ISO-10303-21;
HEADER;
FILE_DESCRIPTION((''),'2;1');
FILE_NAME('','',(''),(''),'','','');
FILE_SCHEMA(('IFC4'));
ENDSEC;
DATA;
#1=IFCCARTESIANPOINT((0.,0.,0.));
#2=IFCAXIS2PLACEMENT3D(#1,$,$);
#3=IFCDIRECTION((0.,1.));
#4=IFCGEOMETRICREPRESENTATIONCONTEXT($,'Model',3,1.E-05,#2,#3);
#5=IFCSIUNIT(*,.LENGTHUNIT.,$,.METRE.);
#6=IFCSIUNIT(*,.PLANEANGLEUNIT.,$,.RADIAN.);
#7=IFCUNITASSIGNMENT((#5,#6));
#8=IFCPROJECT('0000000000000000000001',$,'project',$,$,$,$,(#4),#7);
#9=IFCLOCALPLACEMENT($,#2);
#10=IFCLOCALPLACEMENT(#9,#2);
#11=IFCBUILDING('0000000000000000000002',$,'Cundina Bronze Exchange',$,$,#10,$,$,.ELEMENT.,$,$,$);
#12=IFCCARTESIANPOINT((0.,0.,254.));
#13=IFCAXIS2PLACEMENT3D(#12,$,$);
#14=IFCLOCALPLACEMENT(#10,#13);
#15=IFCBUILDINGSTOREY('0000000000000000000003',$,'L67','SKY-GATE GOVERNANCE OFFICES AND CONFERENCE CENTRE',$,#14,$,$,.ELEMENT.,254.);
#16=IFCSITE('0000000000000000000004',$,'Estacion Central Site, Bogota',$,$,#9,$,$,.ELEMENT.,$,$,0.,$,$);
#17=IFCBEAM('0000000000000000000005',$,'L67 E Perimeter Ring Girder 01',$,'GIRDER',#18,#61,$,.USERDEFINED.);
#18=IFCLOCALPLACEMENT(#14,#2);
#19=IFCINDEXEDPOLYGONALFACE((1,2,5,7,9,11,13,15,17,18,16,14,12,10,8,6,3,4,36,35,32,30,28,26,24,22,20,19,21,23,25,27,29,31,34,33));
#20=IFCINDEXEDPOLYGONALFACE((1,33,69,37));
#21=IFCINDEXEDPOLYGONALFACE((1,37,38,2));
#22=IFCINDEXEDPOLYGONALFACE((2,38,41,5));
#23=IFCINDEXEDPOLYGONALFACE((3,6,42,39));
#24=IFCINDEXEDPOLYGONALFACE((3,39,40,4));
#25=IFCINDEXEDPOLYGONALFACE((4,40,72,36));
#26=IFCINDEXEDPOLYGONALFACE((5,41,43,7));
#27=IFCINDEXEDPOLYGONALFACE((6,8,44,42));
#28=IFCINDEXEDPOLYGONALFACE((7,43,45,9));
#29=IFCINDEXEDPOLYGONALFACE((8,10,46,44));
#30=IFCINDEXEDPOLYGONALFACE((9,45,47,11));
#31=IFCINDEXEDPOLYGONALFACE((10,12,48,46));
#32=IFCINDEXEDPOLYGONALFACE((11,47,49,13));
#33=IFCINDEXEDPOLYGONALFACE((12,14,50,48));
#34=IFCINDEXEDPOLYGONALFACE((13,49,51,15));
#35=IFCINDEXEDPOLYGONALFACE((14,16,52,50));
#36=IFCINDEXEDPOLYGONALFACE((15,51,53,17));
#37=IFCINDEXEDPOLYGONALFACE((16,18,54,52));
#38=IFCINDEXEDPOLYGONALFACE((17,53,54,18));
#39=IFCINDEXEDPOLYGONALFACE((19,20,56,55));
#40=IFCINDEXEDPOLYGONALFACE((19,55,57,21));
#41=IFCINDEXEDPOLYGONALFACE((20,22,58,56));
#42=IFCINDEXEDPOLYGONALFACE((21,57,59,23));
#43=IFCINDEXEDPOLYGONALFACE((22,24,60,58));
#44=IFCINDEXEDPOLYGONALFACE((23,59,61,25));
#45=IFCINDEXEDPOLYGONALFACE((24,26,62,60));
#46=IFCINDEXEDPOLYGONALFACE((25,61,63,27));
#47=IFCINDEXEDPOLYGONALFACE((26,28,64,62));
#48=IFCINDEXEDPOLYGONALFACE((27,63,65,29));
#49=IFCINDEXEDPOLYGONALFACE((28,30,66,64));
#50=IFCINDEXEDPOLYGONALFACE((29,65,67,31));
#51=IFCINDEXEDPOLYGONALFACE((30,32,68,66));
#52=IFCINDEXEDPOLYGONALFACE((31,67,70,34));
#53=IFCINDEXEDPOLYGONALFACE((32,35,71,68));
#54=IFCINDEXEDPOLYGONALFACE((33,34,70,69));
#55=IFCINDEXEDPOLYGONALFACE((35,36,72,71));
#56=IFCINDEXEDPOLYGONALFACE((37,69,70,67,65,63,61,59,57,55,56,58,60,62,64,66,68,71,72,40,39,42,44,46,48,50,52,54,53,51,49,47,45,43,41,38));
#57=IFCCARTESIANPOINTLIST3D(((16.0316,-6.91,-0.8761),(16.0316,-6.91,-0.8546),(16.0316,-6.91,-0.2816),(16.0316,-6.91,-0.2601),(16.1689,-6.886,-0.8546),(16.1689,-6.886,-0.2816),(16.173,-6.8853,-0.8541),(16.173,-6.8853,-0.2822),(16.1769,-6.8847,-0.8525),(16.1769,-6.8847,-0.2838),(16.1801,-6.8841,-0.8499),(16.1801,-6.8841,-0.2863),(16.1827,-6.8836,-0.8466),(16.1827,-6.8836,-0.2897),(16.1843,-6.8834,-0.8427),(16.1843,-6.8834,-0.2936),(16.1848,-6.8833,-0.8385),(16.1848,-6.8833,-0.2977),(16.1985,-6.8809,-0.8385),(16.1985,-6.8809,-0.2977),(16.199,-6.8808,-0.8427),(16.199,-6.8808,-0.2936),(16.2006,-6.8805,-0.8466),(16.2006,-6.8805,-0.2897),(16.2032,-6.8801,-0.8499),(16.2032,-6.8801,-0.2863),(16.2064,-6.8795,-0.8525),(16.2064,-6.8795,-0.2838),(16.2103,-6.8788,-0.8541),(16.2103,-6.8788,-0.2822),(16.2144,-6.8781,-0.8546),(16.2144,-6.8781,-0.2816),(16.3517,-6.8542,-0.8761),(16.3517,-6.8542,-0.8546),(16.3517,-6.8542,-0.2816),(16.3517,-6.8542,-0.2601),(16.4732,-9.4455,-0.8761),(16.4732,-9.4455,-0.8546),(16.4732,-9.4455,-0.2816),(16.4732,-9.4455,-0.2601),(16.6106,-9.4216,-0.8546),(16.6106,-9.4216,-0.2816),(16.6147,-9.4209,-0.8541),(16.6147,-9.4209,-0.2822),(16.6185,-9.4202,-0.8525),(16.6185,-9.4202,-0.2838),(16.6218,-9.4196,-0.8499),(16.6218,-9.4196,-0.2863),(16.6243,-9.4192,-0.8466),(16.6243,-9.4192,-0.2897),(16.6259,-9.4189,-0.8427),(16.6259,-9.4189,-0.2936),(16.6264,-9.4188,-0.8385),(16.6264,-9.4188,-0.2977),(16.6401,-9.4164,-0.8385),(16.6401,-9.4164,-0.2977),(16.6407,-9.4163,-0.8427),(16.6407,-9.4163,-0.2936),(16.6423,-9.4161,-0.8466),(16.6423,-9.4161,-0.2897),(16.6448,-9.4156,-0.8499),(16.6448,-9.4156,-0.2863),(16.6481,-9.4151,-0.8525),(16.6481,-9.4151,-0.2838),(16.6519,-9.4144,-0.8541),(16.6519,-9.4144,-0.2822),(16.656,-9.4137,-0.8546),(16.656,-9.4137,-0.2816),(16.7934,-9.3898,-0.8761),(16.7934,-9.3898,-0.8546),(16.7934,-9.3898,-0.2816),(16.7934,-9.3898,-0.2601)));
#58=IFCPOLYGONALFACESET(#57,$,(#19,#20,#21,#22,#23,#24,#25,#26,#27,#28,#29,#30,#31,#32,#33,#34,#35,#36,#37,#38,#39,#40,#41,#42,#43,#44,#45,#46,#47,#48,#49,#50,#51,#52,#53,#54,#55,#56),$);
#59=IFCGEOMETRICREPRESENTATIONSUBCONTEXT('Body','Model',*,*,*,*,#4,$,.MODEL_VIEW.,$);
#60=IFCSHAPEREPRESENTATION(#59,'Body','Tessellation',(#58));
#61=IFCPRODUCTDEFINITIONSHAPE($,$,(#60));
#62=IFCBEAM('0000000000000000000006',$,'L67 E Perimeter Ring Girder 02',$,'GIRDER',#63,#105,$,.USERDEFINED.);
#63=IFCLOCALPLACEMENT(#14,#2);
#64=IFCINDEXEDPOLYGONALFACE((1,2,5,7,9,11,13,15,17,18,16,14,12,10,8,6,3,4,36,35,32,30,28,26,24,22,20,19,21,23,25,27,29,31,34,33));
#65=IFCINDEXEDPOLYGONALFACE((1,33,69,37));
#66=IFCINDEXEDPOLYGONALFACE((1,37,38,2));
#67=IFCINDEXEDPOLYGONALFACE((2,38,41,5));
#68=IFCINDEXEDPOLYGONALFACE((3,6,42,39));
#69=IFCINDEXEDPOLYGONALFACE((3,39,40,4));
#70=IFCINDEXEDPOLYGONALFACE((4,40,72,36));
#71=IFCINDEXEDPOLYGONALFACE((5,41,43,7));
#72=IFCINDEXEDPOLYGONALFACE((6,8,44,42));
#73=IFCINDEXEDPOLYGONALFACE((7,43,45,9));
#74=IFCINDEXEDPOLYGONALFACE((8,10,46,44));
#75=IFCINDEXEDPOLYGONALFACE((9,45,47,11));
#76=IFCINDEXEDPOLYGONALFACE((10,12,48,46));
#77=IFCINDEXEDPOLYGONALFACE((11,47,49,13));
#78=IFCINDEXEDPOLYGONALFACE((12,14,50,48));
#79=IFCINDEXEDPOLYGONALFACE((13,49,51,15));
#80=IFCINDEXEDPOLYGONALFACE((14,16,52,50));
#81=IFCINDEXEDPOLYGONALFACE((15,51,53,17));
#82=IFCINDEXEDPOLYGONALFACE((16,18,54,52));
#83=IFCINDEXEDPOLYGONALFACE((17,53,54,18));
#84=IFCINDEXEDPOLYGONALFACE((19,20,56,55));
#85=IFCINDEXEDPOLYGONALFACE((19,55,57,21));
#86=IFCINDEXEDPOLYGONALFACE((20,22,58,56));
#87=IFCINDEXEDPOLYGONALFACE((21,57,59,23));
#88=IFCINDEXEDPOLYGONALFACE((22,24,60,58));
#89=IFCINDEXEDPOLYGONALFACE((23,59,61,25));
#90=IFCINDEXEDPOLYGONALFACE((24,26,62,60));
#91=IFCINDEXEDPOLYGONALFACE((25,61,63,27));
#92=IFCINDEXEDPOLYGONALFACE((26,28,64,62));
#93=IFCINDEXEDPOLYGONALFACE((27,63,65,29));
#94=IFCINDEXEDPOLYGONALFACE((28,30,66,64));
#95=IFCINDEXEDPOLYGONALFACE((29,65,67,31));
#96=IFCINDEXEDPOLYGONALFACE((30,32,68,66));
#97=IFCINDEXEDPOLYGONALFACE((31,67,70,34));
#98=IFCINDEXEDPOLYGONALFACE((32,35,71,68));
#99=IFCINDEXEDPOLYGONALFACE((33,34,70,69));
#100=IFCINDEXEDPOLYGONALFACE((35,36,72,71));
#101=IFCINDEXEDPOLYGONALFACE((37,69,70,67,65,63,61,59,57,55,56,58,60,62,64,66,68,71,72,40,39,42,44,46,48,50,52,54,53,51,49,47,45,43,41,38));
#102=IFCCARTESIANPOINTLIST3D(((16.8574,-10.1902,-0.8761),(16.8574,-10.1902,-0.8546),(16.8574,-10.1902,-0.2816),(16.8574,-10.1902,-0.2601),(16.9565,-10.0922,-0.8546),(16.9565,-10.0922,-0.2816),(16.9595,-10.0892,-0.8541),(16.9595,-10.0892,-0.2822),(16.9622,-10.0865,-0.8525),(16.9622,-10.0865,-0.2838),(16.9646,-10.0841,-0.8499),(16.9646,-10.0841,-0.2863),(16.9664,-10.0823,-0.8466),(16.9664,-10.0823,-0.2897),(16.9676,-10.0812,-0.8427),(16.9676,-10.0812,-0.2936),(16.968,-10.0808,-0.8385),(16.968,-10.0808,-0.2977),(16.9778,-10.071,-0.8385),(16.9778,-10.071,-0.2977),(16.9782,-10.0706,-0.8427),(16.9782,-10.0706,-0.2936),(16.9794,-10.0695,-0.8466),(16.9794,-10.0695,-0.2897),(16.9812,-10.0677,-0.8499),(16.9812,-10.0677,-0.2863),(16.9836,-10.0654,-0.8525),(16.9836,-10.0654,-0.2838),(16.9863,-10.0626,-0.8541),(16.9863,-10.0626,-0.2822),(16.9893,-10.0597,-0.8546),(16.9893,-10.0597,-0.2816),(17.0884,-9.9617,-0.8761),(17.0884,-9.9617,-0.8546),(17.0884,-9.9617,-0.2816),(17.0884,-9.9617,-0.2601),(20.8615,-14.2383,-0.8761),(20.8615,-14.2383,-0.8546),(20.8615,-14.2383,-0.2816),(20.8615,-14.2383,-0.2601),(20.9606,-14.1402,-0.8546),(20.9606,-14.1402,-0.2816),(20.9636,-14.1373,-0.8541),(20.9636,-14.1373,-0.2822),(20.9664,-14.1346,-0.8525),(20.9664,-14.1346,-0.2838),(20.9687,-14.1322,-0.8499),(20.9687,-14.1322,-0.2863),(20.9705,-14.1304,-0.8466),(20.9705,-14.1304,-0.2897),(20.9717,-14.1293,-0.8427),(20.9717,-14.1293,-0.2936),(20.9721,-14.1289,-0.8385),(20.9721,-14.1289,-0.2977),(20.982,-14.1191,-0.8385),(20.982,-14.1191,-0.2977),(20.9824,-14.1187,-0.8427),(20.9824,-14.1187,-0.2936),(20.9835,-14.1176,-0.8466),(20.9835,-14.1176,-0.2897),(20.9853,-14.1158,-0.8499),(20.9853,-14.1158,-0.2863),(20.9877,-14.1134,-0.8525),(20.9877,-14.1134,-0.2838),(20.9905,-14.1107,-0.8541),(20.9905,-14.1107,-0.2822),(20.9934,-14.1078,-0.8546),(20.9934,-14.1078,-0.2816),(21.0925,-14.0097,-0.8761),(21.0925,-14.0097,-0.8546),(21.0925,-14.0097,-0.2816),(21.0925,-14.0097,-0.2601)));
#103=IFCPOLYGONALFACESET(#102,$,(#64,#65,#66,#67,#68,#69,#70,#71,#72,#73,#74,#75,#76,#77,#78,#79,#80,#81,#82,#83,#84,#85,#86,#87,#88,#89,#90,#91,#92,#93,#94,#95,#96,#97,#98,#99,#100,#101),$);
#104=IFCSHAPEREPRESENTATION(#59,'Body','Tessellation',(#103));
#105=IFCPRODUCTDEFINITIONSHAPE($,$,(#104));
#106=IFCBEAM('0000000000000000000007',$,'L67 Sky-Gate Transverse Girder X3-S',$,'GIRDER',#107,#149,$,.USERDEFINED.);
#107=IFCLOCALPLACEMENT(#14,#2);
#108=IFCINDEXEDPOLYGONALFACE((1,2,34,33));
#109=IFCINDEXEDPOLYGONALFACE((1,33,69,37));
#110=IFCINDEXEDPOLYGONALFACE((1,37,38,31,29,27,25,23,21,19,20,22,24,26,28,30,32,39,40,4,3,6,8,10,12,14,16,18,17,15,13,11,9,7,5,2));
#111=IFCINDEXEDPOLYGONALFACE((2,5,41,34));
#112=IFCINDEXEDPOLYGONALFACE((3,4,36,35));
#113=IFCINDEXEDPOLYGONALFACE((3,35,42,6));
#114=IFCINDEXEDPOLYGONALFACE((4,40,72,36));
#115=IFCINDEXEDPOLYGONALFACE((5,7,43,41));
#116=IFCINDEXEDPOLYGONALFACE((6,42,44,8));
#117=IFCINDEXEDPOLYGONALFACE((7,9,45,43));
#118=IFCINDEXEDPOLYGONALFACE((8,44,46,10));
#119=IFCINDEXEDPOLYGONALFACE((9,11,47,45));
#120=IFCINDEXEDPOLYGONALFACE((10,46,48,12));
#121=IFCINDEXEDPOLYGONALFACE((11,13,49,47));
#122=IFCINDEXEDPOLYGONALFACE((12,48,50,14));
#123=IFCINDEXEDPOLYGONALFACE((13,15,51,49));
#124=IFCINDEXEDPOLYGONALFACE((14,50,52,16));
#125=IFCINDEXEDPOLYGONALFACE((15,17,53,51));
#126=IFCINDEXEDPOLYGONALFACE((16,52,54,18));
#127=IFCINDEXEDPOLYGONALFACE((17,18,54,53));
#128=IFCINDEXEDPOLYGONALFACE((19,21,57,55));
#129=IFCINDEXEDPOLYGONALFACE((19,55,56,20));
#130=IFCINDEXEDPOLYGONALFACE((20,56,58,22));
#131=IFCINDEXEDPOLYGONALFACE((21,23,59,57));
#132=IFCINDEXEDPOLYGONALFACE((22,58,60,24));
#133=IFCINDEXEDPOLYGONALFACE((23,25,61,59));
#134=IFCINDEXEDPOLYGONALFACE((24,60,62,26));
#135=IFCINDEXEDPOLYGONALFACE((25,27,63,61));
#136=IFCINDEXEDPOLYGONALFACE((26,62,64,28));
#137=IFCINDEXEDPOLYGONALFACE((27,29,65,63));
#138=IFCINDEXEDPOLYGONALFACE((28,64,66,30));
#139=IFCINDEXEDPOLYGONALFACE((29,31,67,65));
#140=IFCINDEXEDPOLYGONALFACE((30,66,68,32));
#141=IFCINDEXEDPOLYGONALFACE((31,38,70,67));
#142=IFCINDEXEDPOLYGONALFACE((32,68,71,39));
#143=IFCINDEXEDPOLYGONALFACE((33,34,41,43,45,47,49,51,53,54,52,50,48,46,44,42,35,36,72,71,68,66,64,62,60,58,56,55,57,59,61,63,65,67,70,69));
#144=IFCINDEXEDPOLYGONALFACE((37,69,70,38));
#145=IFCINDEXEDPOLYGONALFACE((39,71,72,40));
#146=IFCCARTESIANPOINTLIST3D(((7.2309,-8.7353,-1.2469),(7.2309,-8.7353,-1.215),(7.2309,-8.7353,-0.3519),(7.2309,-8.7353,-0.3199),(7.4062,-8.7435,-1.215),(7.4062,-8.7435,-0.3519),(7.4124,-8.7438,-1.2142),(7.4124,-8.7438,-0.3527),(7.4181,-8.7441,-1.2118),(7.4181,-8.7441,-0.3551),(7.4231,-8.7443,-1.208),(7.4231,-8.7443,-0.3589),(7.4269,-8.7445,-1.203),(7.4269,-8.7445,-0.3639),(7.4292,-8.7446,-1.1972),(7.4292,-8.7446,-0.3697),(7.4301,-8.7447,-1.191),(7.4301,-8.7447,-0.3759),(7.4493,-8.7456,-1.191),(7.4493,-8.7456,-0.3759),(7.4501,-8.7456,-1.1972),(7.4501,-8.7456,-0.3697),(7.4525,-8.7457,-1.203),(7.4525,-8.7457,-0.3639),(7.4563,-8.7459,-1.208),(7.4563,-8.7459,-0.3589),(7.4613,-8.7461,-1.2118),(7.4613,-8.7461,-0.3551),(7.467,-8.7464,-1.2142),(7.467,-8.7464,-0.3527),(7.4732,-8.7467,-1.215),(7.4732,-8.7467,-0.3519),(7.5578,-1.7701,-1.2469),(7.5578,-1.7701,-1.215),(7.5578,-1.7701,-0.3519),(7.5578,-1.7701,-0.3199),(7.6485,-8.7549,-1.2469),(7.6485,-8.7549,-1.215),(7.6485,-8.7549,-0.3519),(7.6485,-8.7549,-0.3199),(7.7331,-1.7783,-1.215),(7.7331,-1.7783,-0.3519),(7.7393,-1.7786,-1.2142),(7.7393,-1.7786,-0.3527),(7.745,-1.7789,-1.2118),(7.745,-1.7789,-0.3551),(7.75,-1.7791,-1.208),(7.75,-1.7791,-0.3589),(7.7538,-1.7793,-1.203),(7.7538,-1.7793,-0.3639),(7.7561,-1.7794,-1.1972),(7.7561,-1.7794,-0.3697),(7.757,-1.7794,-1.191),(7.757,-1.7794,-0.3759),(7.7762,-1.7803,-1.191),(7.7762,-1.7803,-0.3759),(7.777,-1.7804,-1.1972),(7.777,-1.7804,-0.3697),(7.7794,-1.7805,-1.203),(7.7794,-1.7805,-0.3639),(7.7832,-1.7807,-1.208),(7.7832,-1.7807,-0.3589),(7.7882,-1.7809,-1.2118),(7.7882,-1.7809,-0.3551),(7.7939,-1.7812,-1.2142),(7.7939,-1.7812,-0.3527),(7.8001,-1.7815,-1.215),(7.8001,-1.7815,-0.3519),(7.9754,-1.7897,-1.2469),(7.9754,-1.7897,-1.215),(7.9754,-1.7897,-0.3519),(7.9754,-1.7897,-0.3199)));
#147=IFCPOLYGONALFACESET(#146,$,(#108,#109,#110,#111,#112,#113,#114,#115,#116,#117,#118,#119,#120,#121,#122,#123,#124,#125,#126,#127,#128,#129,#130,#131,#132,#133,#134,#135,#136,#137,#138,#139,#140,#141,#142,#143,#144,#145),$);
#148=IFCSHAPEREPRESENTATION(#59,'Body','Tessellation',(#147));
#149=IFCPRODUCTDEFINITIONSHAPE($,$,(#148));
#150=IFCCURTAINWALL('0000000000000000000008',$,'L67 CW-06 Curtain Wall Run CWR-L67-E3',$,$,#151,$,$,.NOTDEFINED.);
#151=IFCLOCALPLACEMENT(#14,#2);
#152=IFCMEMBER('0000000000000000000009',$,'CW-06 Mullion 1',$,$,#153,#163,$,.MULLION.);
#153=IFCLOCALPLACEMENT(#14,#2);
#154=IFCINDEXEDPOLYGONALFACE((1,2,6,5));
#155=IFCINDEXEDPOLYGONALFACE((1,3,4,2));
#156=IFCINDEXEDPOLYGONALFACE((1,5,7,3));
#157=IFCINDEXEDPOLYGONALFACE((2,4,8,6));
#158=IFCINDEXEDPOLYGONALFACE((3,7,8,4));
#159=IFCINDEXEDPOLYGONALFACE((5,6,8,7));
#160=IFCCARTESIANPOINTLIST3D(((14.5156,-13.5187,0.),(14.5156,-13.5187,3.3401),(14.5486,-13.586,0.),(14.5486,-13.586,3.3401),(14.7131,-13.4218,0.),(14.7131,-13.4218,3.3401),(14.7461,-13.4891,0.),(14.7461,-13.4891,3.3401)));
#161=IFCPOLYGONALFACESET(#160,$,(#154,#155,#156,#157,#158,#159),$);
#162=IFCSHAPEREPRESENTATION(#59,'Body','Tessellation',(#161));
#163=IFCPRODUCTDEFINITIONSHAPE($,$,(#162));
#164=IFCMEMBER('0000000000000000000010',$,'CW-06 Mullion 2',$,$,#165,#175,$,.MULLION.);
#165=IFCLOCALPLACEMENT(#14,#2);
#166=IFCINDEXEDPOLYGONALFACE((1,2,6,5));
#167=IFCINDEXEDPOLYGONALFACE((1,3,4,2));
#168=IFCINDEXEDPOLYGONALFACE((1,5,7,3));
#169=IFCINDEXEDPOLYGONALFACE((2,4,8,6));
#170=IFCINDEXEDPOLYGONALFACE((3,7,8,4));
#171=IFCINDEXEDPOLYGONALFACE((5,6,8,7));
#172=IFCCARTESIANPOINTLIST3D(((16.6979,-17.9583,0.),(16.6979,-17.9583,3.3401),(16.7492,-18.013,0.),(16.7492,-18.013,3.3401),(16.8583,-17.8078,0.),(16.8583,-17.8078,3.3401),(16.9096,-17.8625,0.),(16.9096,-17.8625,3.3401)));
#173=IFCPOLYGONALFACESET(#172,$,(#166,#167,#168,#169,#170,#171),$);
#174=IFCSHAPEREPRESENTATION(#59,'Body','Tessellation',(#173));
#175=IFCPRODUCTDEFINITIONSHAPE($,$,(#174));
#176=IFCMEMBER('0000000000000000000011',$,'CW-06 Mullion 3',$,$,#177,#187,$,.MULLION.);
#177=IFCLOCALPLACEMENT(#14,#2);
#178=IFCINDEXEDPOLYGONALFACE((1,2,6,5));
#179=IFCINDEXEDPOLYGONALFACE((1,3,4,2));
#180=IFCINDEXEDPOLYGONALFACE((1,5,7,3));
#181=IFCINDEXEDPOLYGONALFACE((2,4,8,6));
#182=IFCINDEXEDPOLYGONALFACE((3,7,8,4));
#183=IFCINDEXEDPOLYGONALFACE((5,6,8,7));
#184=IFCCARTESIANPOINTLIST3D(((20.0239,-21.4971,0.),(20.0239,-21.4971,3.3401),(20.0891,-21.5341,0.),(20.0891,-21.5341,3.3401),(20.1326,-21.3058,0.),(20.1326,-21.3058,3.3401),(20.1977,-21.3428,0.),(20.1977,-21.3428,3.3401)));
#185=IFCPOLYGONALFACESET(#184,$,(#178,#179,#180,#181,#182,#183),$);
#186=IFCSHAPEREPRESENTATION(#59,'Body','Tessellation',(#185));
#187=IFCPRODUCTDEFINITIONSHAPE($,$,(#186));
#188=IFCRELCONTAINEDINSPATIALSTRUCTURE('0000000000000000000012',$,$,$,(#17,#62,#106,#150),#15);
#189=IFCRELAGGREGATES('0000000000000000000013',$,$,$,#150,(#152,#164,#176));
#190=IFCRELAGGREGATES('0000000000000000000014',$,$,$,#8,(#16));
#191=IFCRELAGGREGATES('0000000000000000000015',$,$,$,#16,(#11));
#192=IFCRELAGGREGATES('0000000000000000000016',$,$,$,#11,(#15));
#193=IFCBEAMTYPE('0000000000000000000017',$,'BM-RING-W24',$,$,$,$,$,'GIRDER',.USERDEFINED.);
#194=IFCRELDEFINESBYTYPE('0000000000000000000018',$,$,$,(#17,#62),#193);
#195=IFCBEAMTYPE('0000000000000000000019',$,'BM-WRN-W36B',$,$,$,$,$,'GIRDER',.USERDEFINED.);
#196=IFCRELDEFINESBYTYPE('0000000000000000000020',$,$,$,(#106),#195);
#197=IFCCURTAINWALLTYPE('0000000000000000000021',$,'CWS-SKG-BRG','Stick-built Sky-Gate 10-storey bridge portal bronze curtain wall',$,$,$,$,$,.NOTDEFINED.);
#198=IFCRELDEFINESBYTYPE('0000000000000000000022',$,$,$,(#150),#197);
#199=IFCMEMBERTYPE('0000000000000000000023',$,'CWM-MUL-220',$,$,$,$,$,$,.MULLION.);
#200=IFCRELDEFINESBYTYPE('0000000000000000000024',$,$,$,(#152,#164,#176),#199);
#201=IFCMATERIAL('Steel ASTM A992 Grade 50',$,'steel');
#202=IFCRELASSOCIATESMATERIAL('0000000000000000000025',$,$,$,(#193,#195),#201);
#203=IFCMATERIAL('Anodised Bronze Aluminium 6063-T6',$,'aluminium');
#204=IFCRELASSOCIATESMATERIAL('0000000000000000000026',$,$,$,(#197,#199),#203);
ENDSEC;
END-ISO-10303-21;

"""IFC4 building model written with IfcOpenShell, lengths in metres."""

from ifc_helpers import new_model, si_unit, direction, frame, origin, origin_2d, place, context, subcontext, project, spatial, rectangle, i_section, extrude, material, material_profile, profile_set, type_object, element, aggregate, save


model = new_model("IFC4")

# Units and contexts
model_context = context("Model", 3, precision=1e-05, world=origin(), true_north=direction((0.0, 1.0)))
body_context = subcontext(model_context, "Body", "Model", "MODEL_VIEW")
ifc_project = project(units=[si_unit("LENGTHUNIT", "METRE"), si_unit("PLANEANGLEUNIT", "RADIAN")], contexts=[model_context])

# Site, building, storey
site_placement = place(None, origin())
site = spatial("IfcSite", under=ifc_project, at=site_placement, Name="Estacion Central Site, Bogota", CompositionType="ELEMENT", RefElevation=0.0)
building_placement = place(site_placement, origin())
building = spatial("IfcBuilding", under=site, at=building_placement, Name="Cundina Bronze Exchange", CompositionType="ELEMENT")
storey_placement = place(building_placement, frame((0.0, 0.0, 254.0)))
storey = spatial("IfcBuildingStorey", under=building, at=storey_placement, Name="L67", Description="SKY-GATE GOVERNANCE OFFICES AND CONFERENCE CENTRE", CompositionType="ELEMENT", Elevation=254.0)

# Beams
ifc_material_1 = material(Name="Steel ASTM A992 Grade 50", Category="steel")
ifc_material_profile_1 = material_profile(ifc_material_1, i_section(OverallWidth=0.325, OverallDepth=0.616, WebThickness=0.0139, FlangeThickness=0.0215, FilletRadius=0.0161, at=origin_2d()), Name="W24X117", Category="steel")
ifc_profile_set_1 = profile_set([ifc_material_profile_1], Name="Steel ASTM A992 Grade 50")
beam_type_1 = type_object("IfcBeamType", Name="BM-RING-W24", ElementType="GIRDER", PredefinedType="USERDEFINED", material=ifc_profile_set_1)
beam_1_placement = place(storey_placement, frame((16.1917, -6.8821, -0.5681), z_axis=(0.171593, -0.985168, 0.0), x_axis=(0.985168, 0.171593, 0.0)))
element("IfcBeam", 1, at=beam_1_placement, inside=storey, type_object=beam_type_1, Name="L67 E Perimeter Ring Girder 01", ObjectType="GIRDER", PredefinedType="USERDEFINED", context=body_context, shape_type="SweptSolid", body=[
    extrude(i_section(OverallWidth=0.325, OverallDepth=0.616, WebThickness=0.0139, FlangeThickness=0.0215, FilletRadius=0.0161, at=origin_2d()), origin(), (0.0, 0.0, 1.0), 2.5737),
])
beam_2_placement = place(storey_placement, frame((16.9729, -10.0759, -0.5681), z_axis=(0.703237, -0.710955, 0.0), x_axis=(0.710955, 0.703237, 0.0)))
element("IfcBeam", 2, at=beam_2_placement, inside=storey, type_object=beam_type_1, Name="L67 E Perimeter Ring Girder 02", ObjectType="GIRDER", PredefinedType="USERDEFINED", context=body_context, shape_type="SweptSolid", body=[
    extrude(i_section(OverallWidth=0.325, OverallDepth=0.616, WebThickness=0.0139, FlangeThickness=0.0215, FilletRadius=0.0161, at=origin_2d()), origin(), (0.0, 0.0, 1.0), 5.6938),
])
ifc_material_profile_2 = material_profile(ifc_material_1, i_section(OverallWidth=0.418, OverallDepth=0.927, WebThickness=0.0193, FlangeThickness=0.032, FilletRadius=0.0239, at=origin_2d()), Name="W36X231", Category="steel")
ifc_profile_set_2 = profile_set([ifc_material_profile_2], Name="Steel ASTM A992 Grade 50")
beam_type_2 = type_object("IfcBeamType", Name="BM-WRN-W36B", ElementType="GIRDER", PredefinedType="USERDEFINED", material=ifc_profile_set_2)
beam_3_placement = place(storey_placement, frame((7.4397, -8.7451, -0.7834), z_axis=(0.046881, 0.9989, 0.0), x_axis=(-0.9989, 0.046881, 0.0)))
element("IfcBeam", 3, at=beam_3_placement, inside=storey, type_object=beam_type_2, Name="L67 Sky-Gate Transverse Girder X3-S", ObjectType="GIRDER", PredefinedType="USERDEFINED", context=body_context, shape_type="SweptSolid", body=[
    extrude(i_section(OverallWidth=0.418, OverallDepth=0.927, WebThickness=0.0193, FlangeThickness=0.032, FilletRadius=0.0239, at=origin_2d()), origin(), (0.0, 0.0, 1.0), 6.9729),
])

# Curtain wall, members
ifc_material_2 = material(Name="Anodised Bronze Aluminium 6063-T6", Category="aluminium")
curtain_wall_type = type_object("IfcCurtainWallType", Name="CWS-SKG-BRG", Description="Stick-built Sky-Gate 10-storey bridge portal bronze curtain wall", PredefinedType="NOTDEFINED", material=ifc_material_2)
curtain_wall_1_placement = place(storey_placement, origin())
curtain_wall_1 = element("IfcCurtainWall", 4, at=curtain_wall_1_placement, inside=storey, type_object=curtain_wall_type, Name="L67 CW-06 Curtain Wall Run CWR-L67-E3", PredefinedType="NOTDEFINED")
ifc_material_profile_3 = material_profile(ifc_material_2, rectangle(XDim=0.075, YDim=0.22, at=origin_2d()), Name="AL75X220", Category="aluminium")
ifc_profile_set_3 = profile_set([ifc_material_profile_3], Name="Anodised Bronze Aluminium 6063-T6")
member_type_1 = type_object("IfcMemberType", Name="CWM-MUL-220", PredefinedType="MULLION", material=ifc_profile_set_3)
member_1_placement = place(storey_placement, frame((14.6309, -13.5039, 0.0), z_axis=(0.0, 0.0, 1.0), x_axis=(0.440566, -0.89772, 0.0)))
member_1 = element("IfcMember", 5, at=member_1_placement, type_object=member_type_1, Name="CW-06 Mullion 1", PredefinedType="MULLION", context=body_context, shape_type="SweptSolid", body=[
    extrude(rectangle(XDim=0.075, YDim=0.22, at=origin_2d()), origin(), (0.0, 0.0, 1.0), 3.3401),
])
member_2_placement = place(storey_placement, frame((16.8037, -17.9104, 0.0), z_axis=(0.0, 0.0, 1.0), x_axis=(0.684293, -0.729208, 0.0)))
member_2 = element("IfcMember", 6, at=member_2_placement, type_object=member_type_1, Name="CW-06 Mullion 2", PredefinedType="MULLION", context=body_context, shape_type="SweptSolid", body=[
    extrude(rectangle(XDim=0.075, YDim=0.22, at=origin_2d()), origin(), (0.0, 0.0, 1.0), 3.3401),
])
member_3_placement = place(storey_placement, frame((20.1108, -21.4199, 0.0), z_axis=(0.0, 0.0, 1.0), x_axis=(0.869581, -0.49379, 0.0)))
member_3 = element("IfcMember", 7, at=member_3_placement, type_object=member_type_1, Name="CW-06 Mullion 3", PredefinedType="MULLION", context=body_context, shape_type="SweptSolid", body=[
    extrude(rectangle(XDim=0.075, YDim=0.22, at=origin_2d()), origin(), (0.0, 0.0, 1.0), 3.3401),
])

aggregate(curtain_wall_1, [member_1, member_2, member_3])

save(model, "model.ifc")
